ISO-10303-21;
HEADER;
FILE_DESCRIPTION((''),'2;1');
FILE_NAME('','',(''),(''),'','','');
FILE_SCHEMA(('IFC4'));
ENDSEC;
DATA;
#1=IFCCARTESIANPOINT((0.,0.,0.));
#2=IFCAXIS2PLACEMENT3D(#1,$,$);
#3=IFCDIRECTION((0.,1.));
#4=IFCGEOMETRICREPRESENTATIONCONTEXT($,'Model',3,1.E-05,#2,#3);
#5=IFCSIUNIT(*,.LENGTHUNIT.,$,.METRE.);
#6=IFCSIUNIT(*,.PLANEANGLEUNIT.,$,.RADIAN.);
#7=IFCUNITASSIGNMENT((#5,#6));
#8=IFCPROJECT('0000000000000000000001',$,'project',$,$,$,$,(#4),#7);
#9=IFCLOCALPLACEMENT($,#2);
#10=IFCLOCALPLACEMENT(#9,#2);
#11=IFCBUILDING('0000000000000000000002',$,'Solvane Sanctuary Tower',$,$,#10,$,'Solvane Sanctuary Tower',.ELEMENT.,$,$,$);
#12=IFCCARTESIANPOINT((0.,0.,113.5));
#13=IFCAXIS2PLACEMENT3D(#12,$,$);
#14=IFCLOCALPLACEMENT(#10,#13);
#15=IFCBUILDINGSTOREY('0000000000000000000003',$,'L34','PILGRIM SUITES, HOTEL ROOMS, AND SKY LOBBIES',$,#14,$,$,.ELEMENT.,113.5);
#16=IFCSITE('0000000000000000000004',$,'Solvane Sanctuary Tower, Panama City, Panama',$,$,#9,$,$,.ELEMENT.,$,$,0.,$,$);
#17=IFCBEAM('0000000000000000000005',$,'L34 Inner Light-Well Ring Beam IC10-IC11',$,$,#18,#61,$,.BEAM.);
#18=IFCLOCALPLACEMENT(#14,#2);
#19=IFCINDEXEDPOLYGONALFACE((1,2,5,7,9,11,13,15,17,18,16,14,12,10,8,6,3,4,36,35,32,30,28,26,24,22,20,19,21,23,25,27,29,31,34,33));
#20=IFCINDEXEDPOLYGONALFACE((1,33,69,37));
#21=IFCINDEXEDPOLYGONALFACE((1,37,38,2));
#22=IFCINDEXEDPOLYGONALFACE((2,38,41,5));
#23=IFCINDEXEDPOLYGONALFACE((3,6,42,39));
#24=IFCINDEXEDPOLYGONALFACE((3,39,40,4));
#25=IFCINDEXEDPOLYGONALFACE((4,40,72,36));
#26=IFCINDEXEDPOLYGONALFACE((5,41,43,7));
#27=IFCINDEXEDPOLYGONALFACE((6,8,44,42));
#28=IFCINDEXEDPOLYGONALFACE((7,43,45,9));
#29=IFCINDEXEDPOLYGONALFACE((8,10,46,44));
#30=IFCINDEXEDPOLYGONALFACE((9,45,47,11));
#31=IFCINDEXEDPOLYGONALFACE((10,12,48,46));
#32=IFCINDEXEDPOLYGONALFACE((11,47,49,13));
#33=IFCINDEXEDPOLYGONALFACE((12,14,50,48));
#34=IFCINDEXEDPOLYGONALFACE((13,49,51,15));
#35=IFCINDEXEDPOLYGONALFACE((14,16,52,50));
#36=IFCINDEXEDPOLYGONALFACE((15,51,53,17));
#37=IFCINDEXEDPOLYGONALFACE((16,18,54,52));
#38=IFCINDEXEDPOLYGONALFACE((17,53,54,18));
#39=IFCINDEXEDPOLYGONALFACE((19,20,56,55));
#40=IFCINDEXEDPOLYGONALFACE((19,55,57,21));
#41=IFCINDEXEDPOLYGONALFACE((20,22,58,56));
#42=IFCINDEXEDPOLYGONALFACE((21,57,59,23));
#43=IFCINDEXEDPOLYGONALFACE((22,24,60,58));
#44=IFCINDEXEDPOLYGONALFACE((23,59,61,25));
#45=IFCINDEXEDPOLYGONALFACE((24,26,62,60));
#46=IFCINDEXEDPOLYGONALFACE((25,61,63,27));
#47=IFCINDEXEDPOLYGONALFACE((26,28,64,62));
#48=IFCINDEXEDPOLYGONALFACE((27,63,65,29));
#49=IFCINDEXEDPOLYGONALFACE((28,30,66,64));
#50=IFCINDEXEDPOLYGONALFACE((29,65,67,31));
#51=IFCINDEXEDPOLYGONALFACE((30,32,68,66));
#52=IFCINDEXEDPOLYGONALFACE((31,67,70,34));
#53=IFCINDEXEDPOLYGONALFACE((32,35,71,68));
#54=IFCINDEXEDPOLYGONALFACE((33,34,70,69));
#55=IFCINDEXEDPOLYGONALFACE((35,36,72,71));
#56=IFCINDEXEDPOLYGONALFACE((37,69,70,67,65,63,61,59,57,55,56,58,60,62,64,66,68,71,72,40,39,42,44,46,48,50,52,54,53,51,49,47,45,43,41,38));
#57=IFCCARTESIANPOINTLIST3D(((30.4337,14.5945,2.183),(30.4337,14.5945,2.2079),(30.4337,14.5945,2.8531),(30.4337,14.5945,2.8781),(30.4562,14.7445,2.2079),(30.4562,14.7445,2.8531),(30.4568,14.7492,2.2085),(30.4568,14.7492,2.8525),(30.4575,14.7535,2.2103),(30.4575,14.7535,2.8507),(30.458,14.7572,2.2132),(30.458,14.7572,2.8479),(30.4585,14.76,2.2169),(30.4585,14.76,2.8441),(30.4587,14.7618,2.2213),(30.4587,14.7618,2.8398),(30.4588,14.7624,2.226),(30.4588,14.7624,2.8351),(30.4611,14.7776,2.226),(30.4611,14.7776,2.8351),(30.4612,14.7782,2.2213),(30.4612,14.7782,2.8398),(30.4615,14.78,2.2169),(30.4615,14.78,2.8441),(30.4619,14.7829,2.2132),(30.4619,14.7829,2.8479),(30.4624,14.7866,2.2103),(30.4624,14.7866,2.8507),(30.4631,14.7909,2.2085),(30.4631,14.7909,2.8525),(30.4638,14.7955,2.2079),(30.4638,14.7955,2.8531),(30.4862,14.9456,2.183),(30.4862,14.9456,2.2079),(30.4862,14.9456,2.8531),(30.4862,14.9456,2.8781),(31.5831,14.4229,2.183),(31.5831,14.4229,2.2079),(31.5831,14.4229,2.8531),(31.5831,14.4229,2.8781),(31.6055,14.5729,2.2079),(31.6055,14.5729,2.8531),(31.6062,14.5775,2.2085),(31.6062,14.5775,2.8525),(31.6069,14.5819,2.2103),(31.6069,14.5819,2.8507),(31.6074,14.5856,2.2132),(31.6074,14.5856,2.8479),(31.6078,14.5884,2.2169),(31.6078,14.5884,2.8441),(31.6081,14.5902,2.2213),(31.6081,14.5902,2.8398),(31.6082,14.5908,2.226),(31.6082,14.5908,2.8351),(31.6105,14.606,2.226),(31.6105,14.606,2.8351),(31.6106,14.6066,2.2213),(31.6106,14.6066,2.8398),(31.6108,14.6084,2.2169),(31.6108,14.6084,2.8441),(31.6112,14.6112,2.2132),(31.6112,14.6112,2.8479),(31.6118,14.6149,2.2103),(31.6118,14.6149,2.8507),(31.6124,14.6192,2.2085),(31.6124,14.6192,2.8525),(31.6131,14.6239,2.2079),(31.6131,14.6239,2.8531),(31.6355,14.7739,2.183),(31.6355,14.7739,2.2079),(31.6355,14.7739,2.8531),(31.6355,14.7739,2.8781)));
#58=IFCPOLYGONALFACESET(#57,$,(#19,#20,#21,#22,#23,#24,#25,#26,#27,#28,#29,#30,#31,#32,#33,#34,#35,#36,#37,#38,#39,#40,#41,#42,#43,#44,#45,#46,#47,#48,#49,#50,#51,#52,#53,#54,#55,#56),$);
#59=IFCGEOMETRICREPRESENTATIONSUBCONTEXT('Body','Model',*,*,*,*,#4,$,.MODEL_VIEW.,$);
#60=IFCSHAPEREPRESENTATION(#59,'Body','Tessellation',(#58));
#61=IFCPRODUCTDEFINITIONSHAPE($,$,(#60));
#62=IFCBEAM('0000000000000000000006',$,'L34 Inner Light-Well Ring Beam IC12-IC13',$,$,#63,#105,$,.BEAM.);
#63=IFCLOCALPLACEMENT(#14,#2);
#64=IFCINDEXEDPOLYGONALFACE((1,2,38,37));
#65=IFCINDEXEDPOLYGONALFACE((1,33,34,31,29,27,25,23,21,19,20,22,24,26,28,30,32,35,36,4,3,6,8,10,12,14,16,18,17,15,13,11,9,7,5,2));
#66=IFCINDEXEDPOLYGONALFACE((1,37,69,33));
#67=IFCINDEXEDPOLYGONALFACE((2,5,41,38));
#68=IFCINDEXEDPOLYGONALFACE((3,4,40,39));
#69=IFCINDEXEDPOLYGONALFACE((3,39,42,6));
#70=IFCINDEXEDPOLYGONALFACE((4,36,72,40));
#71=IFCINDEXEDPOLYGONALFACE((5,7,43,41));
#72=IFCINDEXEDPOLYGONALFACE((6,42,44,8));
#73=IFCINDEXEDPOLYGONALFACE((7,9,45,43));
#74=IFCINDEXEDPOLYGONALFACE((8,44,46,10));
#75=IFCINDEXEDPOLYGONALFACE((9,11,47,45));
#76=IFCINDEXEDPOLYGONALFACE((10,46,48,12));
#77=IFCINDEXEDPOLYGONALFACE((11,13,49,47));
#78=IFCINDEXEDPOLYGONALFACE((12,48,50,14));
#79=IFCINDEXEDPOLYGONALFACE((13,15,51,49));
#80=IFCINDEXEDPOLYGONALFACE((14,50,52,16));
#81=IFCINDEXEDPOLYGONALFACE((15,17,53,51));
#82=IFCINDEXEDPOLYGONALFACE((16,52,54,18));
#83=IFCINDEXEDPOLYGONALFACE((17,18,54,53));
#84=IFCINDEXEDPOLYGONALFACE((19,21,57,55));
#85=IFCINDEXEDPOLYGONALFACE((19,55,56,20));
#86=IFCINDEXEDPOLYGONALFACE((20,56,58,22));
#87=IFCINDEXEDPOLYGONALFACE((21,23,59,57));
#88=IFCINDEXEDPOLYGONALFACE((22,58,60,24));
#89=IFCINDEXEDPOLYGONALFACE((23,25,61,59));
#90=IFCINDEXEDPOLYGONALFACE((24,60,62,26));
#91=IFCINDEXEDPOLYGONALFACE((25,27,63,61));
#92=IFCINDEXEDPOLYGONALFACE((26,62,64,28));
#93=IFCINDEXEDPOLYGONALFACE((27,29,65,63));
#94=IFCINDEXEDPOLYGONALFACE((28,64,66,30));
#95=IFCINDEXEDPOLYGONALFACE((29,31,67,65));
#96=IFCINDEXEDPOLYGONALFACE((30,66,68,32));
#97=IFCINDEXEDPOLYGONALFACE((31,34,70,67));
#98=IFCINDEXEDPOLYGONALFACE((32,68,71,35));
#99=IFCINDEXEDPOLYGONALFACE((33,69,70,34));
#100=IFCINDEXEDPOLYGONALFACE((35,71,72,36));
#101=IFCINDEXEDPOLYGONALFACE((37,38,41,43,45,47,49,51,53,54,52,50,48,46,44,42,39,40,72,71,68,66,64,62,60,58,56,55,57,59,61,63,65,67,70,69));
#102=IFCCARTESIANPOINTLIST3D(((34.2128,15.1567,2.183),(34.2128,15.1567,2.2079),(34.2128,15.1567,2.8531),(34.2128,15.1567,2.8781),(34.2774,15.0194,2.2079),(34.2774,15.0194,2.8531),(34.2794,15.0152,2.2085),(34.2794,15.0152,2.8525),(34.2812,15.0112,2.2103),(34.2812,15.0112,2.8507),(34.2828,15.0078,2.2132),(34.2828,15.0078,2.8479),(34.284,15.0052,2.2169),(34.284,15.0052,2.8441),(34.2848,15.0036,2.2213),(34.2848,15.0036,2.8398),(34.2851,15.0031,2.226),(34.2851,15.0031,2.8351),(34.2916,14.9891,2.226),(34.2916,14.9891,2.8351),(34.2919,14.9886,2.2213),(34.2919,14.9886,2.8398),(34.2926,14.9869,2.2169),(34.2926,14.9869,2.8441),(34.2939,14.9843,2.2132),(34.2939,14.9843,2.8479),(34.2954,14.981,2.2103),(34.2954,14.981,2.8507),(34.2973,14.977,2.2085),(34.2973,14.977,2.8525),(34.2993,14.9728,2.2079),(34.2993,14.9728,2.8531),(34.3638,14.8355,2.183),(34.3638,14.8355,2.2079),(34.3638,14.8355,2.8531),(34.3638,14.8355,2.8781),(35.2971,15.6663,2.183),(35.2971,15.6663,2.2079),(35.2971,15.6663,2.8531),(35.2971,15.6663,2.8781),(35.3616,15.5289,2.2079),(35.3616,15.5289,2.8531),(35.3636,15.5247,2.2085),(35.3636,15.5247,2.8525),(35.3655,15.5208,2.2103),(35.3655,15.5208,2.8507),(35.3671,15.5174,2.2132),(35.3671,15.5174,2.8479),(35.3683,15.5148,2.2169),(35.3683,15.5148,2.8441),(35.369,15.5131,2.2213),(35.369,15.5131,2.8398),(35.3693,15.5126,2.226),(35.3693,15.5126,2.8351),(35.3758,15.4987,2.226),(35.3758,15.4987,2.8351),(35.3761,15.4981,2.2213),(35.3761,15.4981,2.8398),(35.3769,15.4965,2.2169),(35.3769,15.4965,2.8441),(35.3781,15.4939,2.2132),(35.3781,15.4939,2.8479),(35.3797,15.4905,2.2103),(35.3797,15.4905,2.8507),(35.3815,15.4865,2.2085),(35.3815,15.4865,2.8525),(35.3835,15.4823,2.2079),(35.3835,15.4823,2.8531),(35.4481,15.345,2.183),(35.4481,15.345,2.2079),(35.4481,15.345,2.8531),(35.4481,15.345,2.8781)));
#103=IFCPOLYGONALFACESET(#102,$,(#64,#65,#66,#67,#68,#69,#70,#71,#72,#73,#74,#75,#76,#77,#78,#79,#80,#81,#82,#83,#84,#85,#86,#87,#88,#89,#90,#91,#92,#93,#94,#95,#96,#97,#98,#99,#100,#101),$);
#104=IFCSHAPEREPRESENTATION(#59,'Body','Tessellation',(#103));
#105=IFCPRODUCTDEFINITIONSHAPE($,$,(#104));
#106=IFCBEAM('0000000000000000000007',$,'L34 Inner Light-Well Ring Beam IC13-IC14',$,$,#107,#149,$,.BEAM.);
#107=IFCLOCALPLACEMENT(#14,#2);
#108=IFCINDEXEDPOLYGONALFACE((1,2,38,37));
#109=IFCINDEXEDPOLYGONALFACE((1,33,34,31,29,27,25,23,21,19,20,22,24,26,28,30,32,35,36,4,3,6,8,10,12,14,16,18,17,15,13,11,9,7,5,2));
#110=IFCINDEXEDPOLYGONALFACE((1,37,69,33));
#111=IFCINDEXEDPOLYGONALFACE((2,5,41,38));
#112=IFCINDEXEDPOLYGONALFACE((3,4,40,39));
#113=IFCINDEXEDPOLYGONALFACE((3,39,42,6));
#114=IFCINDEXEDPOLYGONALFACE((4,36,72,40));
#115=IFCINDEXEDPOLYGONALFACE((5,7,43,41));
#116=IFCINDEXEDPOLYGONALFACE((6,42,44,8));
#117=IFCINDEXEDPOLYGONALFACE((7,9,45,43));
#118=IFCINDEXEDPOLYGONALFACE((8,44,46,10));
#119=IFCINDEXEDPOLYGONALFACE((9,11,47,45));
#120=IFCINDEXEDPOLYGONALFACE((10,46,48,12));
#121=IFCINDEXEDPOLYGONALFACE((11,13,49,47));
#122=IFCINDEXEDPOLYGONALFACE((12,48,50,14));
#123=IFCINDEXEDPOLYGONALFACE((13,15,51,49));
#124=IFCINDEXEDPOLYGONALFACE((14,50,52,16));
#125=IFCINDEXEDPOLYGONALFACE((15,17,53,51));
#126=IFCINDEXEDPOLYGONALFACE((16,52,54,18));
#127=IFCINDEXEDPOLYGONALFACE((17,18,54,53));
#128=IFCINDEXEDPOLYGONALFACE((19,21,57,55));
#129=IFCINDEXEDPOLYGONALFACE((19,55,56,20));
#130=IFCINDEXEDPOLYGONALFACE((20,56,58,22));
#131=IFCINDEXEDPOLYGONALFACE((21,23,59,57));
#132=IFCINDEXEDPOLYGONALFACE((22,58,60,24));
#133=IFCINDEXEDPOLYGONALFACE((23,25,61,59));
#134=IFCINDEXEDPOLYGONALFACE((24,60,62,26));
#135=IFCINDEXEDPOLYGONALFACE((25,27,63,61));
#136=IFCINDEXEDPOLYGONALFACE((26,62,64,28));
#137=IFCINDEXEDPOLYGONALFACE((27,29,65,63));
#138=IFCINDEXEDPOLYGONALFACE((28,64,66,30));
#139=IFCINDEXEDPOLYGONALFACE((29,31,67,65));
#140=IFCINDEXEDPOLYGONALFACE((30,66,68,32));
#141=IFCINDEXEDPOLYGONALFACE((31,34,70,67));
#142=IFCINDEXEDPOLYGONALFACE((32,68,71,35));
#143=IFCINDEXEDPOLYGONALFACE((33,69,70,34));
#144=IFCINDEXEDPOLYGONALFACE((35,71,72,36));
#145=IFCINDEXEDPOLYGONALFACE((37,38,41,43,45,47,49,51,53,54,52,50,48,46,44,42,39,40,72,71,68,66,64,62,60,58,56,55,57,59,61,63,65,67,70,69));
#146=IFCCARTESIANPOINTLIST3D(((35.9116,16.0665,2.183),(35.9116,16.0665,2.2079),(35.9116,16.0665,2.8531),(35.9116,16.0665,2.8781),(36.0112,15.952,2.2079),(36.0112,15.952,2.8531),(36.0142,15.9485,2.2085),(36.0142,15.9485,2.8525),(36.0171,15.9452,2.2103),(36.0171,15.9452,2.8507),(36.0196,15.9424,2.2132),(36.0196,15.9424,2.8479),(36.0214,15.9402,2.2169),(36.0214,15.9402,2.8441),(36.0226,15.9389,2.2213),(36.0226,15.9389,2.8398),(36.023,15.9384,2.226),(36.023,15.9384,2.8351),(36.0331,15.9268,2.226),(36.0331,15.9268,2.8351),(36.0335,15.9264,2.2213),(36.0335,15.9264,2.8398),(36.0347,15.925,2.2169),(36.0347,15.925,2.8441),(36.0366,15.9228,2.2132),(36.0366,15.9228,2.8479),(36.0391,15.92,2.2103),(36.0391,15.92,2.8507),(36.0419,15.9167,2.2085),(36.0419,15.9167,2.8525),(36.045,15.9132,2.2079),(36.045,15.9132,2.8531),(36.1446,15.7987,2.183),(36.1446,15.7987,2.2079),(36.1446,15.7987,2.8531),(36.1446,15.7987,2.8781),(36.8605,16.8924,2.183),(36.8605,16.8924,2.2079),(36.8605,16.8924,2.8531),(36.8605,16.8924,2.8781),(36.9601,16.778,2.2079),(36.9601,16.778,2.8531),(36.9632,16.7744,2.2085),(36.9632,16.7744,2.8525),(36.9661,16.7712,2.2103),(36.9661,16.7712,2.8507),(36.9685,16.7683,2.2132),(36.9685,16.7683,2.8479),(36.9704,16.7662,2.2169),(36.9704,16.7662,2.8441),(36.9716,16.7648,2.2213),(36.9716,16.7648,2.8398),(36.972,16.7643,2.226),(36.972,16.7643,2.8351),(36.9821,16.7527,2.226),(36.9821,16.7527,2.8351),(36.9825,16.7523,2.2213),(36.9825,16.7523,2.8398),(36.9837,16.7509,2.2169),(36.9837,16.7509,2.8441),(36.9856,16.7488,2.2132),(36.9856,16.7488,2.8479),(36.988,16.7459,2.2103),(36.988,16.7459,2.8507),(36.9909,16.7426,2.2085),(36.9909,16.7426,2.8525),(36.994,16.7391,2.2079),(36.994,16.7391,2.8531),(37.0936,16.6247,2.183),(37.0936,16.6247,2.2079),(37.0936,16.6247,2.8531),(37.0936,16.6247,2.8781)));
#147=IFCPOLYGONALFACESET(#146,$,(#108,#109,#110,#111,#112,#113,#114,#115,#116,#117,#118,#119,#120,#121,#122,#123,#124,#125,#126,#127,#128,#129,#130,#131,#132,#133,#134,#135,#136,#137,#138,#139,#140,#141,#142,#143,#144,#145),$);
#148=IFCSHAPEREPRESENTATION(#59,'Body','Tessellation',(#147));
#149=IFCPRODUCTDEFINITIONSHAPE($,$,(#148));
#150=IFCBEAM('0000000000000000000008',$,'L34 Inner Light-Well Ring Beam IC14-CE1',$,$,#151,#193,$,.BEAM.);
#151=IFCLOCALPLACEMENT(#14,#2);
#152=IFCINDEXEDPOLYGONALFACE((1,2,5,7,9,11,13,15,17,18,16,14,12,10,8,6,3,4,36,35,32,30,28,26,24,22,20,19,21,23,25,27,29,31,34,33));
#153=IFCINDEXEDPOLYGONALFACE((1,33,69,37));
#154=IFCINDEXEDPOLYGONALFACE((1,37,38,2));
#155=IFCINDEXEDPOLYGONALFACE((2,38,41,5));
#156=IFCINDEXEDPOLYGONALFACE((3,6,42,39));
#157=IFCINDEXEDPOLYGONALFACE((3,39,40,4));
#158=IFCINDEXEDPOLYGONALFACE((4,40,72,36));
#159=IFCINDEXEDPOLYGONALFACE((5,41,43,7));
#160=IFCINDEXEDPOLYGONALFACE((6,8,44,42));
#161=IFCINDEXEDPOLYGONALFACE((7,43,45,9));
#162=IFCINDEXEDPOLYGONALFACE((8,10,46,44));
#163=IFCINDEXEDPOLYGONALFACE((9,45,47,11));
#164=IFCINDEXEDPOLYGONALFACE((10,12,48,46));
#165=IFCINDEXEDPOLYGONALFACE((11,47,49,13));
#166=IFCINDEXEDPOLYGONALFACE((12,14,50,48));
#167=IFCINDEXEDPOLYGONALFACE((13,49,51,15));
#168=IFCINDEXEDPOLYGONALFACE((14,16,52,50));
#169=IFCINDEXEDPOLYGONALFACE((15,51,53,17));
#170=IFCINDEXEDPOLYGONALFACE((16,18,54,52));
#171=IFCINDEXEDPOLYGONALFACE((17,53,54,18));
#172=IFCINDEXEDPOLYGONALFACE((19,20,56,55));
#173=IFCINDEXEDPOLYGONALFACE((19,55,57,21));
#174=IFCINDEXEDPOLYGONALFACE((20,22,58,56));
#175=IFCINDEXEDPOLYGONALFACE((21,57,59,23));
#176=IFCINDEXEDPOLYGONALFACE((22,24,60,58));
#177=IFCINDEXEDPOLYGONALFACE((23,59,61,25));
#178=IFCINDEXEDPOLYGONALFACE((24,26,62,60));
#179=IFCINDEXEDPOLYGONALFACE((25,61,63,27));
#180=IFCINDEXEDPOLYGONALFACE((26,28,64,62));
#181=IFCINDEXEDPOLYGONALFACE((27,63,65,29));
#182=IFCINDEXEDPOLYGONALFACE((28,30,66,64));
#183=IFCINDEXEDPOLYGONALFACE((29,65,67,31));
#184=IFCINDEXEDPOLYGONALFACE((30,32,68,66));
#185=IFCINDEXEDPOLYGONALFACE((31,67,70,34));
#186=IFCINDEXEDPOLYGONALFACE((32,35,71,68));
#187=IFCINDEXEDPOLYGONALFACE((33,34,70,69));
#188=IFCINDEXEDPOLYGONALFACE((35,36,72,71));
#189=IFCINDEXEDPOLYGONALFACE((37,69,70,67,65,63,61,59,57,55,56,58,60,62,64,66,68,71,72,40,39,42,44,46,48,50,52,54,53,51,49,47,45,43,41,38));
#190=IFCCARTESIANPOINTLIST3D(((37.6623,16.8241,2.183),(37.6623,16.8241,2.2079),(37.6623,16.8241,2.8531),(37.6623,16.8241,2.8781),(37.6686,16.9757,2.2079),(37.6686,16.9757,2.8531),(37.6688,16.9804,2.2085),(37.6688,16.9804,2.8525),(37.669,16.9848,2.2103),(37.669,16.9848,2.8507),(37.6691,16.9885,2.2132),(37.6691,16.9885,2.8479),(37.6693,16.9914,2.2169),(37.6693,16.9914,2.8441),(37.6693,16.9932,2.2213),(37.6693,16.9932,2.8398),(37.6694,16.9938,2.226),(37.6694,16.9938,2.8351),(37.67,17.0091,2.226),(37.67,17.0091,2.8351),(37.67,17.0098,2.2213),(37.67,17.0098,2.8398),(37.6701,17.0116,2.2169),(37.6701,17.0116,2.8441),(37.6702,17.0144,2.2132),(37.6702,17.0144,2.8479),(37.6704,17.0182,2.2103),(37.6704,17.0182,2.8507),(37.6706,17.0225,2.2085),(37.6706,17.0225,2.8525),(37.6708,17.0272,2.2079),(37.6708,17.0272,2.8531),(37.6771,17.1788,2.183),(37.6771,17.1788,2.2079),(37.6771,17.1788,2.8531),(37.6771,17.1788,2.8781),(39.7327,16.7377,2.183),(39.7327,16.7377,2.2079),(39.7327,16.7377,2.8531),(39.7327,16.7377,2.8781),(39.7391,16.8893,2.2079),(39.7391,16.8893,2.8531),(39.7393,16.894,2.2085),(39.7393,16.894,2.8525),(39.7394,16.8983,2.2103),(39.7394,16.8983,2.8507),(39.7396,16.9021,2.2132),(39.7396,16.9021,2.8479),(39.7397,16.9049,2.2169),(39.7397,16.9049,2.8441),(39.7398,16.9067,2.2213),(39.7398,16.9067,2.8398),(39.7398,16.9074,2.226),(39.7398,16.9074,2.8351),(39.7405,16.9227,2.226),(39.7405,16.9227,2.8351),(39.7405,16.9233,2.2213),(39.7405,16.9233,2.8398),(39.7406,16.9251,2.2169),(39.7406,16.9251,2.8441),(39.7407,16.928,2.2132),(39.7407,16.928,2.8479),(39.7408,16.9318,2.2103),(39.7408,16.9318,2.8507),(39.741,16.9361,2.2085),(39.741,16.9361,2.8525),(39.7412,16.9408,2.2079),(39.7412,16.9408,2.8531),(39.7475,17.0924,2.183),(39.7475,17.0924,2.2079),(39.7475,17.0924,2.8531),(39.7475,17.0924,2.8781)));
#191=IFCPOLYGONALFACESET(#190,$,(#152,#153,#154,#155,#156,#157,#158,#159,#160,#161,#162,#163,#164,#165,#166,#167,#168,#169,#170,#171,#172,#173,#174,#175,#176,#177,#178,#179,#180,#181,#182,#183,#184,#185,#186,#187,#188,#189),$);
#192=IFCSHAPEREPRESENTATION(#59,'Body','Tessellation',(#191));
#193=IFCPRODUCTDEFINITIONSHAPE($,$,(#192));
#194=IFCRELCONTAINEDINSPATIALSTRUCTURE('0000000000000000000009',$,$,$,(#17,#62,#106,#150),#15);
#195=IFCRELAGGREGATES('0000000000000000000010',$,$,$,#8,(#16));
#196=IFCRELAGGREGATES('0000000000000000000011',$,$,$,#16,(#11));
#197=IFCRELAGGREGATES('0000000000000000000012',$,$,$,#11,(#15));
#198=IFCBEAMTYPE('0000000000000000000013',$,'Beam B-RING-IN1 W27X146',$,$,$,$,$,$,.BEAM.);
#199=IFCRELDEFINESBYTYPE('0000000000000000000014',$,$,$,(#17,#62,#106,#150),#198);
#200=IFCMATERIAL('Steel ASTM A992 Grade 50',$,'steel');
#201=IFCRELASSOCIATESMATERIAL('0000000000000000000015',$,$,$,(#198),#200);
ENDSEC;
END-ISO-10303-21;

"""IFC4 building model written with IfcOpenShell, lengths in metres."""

from ifc_helpers import new_model, si_unit, direction, frame, origin, origin_2d, place, context, subcontext, project, spatial, i_section, extrude, material, material_profile, profile_set, type_object, element, save


model = new_model("IFC4")

# Units and contexts
model_context = context("Model", 3, precision=1e-05, world=origin(), true_north=direction((0.0, 1.0)))
body_context = subcontext(model_context, "Body", "Model", "MODEL_VIEW")
ifc_project = project(units=[si_unit("LENGTHUNIT", "METRE"), si_unit("PLANEANGLEUNIT", "RADIAN")], contexts=[model_context])

# Site, building, storey
site_placement = place(None, origin())
site = spatial("IfcSite", under=ifc_project, at=site_placement, Name="Solvane Sanctuary Tower, Panama City, Panama", CompositionType="ELEMENT", RefElevation=0.0)
building_placement = place(site_placement, origin())
building = spatial("IfcBuilding", under=site, at=building_placement, Name="Solvane Sanctuary Tower", LongName="Solvane Sanctuary Tower", CompositionType="ELEMENT")
storey_placement = place(building_placement, frame((0.0, 0.0, 113.5)))
storey = spatial("IfcBuildingStorey", under=building, at=storey_placement, Name="L34", Description="PILGRIM SUITES, HOTEL ROOMS, AND SKY LOBBIES", CompositionType="ELEMENT", Elevation=113.5)

# Beams
ifc_material_1 = material(Name="Steel ASTM A992 Grade 50", Category="steel")
ifc_material_profile_1 = material_profile(ifc_material_1, i_section(OverallWidth=0.355, OverallDepth=0.6951, WebThickness=0.0154, FlangeThickness=0.0249, FilletRadius=0.0181, at=origin_2d()), Name="W27X146")
ifc_profile_set_1 = profile_set([ifc_material_profile_1], Name="Steel ASTM A992 Grade 50")
beam_type_1 = type_object("IfcBeamType", Name="Beam B-RING-IN1 W27X146", PredefinedType="BEAM", material=ifc_profile_set_1)
beam_1_placement = place(storey_placement, frame((30.46, 14.77, 2.5305), z_axis=(0.989035, -0.147683, 0.0), x_axis=(0.147683, 0.989035, 0.0)))
element("IfcBeam", 1, at=beam_1_placement, inside=storey, type_object=beam_type_1, Name="L34 Inner Light-Well Ring Beam IC10-IC11", PredefinedType="BEAM", context=body_context, shape_type="SweptSolid", body=[
    extrude(i_section(OverallWidth=0.355, OverallDepth=0.6951, WebThickness=0.0154, FlangeThickness=0.0249, FilletRadius=0.0181, at=origin_2d()), origin(), (0.0, 0.0, 1.0), 1.1621),
])
beam_2_placement = place(storey_placement, frame((34.2883, 14.9961, 2.5305), z_axis=(0.905045, 0.425316, 0.0), x_axis=(-0.425316, 0.905045, 0.0)))
element("IfcBeam", 2, at=beam_2_placement, inside=storey, type_object=beam_type_1, Name="L34 Inner Light-Well Ring Beam IC12-IC13", PredefinedType="BEAM", context=body_context, shape_type="SweptSolid", body=[
    extrude(i_section(OverallWidth=0.355, OverallDepth=0.6951, WebThickness=0.0154, FlangeThickness=0.0249, FilletRadius=0.0181, at=origin_2d()), origin(), (0.0, 0.0, 1.0), 1.198),
])
beam_3_placement = place(storey_placement, frame((36.0281, 15.9326, 2.5305), z_axis=(0.754317, 0.65651, 0.0), x_axis=(-0.65651, 0.754317, 0.0)))
element("IfcBeam", 3, at=beam_3_placement, inside=storey, type_object=beam_type_1, Name="L34 Inner Light-Well Ring Beam IC13-IC14", PredefinedType="BEAM", context=body_context, shape_type="SweptSolid", body=[
    extrude(i_section(OverallWidth=0.355, OverallDepth=0.6951, WebThickness=0.0154, FlangeThickness=0.0249, FilletRadius=0.0181, at=origin_2d()), origin(), (0.0, 0.0, 1.0), 1.2581),
])
beam_4_placement = place(storey_placement, frame((37.6697, 17.0015, 2.5305), z_axis=(0.99913, -0.041704, 0.0), x_axis=(0.041704, 0.99913, 0.0)))
element("IfcBeam", 4, at=beam_4_placement, inside=storey, type_object=beam_type_1, Name="L34 Inner Light-Well Ring Beam IC14-CE1", PredefinedType="BEAM", context=body_context, shape_type="SweptSolid", body=[
    extrude(i_section(OverallWidth=0.355, OverallDepth=0.6951, WebThickness=0.0154, FlangeThickness=0.0249, FilletRadius=0.0181, at=origin_2d()), origin(), (0.0, 0.0, 1.0), 2.0723),
])

save(model, "model.ifc")
